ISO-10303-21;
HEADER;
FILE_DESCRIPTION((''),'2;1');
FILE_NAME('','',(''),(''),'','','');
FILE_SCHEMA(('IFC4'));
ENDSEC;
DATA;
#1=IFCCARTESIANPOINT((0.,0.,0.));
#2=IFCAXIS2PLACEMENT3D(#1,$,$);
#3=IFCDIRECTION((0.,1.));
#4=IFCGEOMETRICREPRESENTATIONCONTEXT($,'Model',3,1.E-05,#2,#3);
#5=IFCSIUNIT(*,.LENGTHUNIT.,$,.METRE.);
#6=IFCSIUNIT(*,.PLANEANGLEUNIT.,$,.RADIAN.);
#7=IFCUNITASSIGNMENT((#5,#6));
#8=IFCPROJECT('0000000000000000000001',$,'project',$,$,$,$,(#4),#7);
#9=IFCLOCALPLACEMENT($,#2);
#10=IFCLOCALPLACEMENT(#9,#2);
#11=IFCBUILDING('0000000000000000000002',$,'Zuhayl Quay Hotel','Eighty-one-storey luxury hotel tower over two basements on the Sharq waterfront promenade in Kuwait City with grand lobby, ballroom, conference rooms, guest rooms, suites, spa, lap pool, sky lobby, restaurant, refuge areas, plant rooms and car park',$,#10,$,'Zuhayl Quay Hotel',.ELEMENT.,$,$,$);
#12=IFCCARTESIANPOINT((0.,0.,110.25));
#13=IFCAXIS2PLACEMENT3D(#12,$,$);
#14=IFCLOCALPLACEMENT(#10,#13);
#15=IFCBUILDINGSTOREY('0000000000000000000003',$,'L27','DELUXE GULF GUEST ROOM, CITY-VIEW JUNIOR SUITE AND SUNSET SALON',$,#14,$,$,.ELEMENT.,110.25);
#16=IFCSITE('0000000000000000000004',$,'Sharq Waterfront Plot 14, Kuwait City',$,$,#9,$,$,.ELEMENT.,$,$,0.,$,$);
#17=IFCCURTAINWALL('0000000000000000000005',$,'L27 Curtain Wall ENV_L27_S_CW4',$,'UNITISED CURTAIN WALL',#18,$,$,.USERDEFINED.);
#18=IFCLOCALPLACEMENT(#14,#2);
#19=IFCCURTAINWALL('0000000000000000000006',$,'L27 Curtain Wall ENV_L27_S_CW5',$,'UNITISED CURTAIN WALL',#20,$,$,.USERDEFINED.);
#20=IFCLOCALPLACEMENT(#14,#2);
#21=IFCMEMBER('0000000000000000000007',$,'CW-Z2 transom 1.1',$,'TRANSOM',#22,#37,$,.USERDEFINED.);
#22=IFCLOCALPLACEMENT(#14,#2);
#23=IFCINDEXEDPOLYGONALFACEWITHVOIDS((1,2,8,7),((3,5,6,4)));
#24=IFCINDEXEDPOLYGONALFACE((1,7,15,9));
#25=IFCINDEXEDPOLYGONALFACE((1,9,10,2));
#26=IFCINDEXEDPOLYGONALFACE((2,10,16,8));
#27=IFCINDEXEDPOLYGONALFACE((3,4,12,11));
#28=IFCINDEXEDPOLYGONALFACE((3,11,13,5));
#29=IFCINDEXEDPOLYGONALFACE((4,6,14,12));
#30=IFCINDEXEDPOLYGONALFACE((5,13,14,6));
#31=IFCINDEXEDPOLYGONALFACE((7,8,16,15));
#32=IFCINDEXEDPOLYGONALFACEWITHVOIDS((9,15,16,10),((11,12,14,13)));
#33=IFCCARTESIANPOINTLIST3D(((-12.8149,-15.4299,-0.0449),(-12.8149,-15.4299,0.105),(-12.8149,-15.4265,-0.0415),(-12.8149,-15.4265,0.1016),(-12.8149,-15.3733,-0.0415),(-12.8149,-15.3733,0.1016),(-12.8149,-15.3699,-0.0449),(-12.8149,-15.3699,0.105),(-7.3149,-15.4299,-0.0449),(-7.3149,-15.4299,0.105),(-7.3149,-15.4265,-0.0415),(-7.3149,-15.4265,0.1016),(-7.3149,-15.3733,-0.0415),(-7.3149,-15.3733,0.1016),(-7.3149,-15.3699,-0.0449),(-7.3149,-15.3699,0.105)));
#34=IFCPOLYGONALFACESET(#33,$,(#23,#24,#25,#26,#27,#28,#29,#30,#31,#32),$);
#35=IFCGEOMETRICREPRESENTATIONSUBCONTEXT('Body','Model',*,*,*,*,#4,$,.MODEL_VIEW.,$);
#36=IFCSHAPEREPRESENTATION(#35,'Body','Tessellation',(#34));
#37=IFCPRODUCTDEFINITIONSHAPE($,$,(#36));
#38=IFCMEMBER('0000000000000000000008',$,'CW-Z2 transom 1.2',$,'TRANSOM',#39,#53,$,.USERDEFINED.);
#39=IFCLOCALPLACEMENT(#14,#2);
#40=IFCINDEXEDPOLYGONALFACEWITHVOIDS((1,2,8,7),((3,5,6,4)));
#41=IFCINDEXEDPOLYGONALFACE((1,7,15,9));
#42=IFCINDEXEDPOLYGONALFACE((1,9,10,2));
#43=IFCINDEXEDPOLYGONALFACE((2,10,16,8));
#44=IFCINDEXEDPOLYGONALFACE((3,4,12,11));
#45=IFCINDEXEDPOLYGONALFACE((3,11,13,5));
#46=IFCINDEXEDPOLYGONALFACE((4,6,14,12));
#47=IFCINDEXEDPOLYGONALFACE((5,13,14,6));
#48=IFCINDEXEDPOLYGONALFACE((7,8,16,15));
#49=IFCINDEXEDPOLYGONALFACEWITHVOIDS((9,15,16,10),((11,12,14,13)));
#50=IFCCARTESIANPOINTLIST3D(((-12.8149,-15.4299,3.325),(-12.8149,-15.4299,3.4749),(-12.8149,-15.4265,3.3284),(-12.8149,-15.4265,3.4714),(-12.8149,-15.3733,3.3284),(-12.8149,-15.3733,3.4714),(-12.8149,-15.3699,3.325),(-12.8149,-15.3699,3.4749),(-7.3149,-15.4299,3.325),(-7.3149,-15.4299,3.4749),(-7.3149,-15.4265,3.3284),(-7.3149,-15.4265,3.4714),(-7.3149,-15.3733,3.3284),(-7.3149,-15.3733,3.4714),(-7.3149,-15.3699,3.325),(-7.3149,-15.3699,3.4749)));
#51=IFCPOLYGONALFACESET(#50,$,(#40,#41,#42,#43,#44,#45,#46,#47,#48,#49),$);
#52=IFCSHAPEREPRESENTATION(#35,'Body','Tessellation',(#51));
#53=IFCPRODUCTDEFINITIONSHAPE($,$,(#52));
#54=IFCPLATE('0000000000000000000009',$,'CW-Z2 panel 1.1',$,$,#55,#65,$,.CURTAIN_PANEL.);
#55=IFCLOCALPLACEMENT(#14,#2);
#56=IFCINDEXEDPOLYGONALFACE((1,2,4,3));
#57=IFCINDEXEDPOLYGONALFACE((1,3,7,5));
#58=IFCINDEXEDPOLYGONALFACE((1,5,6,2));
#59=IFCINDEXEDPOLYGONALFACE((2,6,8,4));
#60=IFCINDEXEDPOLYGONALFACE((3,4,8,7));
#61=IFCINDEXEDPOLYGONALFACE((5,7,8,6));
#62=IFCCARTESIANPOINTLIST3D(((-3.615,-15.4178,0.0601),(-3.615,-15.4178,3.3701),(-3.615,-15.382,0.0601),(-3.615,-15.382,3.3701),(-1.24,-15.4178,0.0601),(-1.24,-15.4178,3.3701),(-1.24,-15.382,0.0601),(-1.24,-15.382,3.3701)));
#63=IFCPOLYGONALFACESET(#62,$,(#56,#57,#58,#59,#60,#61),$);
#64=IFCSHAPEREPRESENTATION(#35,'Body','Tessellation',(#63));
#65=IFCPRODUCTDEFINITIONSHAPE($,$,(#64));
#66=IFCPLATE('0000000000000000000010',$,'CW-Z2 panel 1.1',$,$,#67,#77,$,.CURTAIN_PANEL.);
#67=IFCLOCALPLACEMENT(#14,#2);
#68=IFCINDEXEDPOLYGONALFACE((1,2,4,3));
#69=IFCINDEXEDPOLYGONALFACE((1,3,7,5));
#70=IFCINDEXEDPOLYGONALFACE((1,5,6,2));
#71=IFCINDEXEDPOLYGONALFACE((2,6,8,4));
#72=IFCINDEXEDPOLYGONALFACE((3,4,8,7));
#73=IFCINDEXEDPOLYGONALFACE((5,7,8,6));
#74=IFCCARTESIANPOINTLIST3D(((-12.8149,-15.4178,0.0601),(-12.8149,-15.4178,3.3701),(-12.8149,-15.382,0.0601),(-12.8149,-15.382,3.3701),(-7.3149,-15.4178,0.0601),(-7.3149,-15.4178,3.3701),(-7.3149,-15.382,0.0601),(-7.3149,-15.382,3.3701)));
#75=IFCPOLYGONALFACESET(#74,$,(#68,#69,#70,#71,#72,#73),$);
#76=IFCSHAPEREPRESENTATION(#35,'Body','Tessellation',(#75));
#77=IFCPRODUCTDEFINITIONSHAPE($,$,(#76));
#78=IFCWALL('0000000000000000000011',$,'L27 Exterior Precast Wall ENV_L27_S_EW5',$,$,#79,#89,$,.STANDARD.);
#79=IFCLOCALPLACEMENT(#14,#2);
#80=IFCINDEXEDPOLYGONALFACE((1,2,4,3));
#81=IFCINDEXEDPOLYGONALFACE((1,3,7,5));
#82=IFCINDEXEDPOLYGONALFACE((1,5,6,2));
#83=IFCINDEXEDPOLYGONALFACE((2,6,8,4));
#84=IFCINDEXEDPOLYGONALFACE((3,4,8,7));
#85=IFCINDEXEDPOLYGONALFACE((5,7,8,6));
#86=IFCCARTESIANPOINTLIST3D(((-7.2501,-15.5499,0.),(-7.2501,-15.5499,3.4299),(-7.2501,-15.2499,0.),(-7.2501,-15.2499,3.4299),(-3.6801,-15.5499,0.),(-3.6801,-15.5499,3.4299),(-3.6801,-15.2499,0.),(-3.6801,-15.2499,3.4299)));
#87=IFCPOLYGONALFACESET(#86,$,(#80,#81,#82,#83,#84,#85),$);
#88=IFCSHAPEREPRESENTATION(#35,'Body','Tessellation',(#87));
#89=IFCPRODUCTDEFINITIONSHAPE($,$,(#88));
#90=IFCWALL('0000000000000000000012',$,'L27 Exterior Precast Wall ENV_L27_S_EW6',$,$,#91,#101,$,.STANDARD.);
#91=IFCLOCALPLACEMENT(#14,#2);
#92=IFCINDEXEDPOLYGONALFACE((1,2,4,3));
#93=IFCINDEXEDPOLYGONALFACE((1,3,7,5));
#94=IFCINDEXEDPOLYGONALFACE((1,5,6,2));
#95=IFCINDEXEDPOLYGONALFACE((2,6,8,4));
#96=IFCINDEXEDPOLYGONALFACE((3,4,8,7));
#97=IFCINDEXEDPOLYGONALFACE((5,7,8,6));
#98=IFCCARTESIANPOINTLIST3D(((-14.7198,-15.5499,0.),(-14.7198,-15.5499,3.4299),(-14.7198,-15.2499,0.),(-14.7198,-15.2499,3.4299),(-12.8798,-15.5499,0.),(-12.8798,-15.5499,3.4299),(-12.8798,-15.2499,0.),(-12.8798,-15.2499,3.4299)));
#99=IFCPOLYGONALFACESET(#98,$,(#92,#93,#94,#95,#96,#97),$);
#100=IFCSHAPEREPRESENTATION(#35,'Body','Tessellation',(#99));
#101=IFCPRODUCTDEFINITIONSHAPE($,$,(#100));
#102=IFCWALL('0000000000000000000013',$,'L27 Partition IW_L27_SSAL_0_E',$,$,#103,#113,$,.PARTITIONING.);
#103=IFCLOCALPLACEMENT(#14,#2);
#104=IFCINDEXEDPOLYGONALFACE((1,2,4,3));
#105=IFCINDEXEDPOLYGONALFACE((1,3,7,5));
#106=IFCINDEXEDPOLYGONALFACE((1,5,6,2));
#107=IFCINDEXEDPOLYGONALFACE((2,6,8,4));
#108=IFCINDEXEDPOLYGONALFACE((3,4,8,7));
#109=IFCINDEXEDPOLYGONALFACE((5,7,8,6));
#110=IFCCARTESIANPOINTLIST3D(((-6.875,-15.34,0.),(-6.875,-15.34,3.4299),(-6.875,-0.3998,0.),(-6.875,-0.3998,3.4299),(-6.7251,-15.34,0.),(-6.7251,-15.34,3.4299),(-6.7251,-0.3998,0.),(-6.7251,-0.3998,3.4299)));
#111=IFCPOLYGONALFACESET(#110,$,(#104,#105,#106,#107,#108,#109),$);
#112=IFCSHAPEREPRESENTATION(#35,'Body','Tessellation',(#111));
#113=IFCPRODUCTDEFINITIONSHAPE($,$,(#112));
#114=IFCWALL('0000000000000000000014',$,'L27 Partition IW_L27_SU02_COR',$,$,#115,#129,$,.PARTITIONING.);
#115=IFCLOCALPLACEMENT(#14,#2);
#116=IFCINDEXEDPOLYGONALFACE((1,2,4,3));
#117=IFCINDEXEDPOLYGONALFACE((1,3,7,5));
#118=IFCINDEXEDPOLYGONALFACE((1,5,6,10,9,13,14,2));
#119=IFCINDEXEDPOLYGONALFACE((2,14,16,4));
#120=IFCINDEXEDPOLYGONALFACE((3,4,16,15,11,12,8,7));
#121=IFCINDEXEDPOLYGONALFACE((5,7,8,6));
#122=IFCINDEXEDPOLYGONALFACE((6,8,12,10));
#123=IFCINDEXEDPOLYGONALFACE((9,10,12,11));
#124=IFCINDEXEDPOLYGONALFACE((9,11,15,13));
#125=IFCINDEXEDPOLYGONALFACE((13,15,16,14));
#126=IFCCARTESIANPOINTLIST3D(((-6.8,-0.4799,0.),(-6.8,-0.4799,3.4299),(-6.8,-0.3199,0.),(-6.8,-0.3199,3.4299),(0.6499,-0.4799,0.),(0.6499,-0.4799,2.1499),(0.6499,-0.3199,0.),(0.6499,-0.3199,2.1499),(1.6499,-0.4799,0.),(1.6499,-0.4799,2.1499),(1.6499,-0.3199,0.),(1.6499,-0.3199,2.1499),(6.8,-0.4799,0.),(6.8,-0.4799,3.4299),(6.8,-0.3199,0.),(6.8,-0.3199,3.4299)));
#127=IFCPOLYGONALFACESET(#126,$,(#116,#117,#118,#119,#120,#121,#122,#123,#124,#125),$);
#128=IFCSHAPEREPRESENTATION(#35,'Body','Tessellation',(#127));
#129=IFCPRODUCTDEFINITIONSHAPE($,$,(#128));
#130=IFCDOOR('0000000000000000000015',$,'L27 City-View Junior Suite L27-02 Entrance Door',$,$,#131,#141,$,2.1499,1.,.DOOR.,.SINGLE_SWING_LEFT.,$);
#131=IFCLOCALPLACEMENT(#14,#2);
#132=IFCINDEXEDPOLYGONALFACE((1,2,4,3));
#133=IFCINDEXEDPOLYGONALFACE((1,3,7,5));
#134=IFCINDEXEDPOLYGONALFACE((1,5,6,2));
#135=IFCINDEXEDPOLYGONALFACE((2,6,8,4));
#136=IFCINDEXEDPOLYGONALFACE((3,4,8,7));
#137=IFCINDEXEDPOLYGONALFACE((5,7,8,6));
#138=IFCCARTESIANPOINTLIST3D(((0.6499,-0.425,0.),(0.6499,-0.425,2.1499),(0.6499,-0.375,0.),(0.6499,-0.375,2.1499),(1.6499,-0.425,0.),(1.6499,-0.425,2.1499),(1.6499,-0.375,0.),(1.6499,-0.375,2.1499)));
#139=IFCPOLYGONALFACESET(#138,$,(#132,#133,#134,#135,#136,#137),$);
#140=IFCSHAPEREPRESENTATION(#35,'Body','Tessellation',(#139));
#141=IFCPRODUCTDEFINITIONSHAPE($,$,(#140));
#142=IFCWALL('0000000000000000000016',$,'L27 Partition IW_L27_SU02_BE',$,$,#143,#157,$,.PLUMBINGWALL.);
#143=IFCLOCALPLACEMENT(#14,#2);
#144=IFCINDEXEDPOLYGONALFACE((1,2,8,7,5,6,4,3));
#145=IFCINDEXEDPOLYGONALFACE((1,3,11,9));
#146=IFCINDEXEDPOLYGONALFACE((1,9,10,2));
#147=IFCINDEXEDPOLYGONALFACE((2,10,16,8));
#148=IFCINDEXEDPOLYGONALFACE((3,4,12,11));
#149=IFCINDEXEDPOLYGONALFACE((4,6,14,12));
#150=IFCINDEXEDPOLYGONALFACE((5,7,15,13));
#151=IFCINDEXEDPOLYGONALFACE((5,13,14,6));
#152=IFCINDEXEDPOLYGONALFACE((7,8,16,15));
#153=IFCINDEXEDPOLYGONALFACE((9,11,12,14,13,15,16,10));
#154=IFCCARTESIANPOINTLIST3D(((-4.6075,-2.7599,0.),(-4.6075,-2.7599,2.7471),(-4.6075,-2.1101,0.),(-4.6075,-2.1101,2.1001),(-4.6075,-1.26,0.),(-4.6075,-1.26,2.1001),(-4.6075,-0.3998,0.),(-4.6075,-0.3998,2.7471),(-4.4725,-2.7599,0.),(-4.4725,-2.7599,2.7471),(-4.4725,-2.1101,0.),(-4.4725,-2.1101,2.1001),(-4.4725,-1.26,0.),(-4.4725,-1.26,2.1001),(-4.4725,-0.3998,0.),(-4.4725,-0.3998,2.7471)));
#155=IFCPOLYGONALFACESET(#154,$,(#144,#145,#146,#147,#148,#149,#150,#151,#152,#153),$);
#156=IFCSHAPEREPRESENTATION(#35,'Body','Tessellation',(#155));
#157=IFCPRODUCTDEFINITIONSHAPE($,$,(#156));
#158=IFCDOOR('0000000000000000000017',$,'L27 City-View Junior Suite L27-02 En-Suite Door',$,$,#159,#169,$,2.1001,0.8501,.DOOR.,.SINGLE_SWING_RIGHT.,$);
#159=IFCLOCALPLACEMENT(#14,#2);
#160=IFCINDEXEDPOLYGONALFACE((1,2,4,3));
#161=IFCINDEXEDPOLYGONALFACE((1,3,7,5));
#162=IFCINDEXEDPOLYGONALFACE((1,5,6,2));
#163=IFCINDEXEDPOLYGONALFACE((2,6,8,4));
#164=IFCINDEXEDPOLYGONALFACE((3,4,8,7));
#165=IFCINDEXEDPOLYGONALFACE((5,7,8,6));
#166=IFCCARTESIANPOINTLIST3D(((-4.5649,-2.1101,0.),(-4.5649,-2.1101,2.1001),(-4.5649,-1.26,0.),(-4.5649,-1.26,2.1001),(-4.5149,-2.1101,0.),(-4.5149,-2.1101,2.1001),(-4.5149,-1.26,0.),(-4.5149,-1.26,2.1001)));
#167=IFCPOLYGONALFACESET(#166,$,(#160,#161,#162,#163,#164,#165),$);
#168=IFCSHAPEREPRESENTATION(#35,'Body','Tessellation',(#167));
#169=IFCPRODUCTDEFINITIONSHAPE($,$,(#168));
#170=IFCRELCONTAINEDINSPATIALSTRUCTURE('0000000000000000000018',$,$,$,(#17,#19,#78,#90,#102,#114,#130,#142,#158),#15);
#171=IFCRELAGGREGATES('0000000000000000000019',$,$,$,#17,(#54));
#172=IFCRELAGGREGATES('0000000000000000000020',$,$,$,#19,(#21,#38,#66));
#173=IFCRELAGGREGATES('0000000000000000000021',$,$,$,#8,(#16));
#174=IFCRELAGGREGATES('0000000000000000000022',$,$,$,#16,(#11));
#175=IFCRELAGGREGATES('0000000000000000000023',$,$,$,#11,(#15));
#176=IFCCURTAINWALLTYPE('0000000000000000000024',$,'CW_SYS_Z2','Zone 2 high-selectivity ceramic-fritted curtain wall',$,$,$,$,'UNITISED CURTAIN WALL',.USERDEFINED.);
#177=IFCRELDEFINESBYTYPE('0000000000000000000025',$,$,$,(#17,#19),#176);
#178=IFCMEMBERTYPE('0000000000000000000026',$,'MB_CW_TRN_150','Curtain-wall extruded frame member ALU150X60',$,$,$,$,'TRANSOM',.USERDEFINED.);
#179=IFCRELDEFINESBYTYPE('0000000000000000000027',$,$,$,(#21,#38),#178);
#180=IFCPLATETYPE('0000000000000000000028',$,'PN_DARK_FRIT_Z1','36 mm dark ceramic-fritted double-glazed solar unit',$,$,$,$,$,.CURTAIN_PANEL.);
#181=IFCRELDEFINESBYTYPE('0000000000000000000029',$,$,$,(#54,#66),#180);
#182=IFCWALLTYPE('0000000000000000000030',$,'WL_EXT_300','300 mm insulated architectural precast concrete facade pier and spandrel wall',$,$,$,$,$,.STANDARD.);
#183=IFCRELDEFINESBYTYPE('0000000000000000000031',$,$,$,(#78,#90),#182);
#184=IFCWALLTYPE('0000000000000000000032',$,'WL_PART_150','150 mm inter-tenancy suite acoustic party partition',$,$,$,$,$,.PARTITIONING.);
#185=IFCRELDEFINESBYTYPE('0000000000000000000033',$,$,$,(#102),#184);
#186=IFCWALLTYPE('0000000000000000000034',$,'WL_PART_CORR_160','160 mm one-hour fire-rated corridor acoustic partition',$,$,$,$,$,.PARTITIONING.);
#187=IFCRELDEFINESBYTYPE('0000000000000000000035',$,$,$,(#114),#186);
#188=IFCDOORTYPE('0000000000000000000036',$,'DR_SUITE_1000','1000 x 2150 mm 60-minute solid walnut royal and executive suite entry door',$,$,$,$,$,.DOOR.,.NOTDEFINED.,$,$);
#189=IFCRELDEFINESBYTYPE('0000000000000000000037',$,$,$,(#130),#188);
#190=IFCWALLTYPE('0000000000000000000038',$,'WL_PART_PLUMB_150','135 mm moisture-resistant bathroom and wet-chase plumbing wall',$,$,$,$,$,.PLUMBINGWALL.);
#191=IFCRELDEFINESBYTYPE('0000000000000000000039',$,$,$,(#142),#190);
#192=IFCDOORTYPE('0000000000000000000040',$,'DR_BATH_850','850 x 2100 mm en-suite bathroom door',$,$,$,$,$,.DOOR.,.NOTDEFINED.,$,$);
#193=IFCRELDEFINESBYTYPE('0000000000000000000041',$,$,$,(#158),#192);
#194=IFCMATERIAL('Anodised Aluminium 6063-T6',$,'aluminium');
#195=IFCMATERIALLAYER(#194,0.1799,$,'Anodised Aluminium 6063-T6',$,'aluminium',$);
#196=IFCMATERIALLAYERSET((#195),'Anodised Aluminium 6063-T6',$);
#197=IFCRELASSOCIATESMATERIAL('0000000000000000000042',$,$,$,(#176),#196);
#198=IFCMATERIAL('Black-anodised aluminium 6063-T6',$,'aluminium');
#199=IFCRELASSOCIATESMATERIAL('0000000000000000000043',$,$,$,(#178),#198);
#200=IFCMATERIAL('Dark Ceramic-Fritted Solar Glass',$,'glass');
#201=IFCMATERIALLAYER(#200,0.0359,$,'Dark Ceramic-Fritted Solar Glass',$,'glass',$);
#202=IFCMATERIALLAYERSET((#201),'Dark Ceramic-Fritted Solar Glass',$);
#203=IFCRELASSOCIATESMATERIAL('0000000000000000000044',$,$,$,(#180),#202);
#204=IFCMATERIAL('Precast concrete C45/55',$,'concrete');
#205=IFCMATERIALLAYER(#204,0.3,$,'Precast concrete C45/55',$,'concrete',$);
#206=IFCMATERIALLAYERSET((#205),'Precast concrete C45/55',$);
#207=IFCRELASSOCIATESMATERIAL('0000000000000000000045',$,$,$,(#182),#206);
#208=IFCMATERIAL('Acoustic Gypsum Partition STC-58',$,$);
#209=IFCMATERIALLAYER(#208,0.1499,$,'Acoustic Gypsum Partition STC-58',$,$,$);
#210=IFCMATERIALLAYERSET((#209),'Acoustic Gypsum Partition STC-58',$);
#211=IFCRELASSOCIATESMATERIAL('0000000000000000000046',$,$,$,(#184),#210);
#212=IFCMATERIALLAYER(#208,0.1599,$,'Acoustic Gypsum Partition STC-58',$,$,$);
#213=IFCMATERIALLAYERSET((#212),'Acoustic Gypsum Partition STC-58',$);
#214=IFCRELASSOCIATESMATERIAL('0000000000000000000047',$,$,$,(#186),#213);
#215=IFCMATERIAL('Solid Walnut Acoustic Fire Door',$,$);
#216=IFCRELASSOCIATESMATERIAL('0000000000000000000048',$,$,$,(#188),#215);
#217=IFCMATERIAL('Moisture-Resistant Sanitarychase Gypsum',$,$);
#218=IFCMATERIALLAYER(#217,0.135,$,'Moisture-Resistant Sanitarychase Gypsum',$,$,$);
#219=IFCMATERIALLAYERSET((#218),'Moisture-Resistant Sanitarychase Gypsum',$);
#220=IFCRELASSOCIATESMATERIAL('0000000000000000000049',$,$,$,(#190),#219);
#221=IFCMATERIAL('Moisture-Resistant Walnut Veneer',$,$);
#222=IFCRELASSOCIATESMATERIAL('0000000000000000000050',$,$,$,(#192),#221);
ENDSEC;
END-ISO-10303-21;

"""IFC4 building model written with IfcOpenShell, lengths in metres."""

from ifc_helpers import new_model, si_unit, direction, frame, frame_2d, origin, origin_2d, place, context, subcontext, project, spatial, rectangle, hollow_rectangle, extrude, material, layer, layer_set, material_profile, profile_set, type_object, element, fill, aggregate, save


model = new_model("IFC4")

# Units and contexts
model_context = context("Model", 3, precision=1e-05, world=origin(), true_north=direction((0.0, 1.0)))
body_context = subcontext(model_context, "Body", "Model", "MODEL_VIEW")
ifc_project = project(units=[si_unit("LENGTHUNIT", "METRE"), si_unit("PLANEANGLEUNIT", "RADIAN")], contexts=[model_context])

# Site, building, storey
site_placement = place(None, origin())
site = spatial("IfcSite", under=ifc_project, at=site_placement, Name="Sharq Waterfront Plot 14, Kuwait City", CompositionType="ELEMENT", RefElevation=0.0)
building_placement = place(site_placement, origin())
building = spatial("IfcBuilding", under=site, at=building_placement, Name="Zuhayl Quay Hotel", Description="Eighty-one-storey luxury hotel tower over two basements on the Sharq waterfront promenade in Kuwait City with grand lobby, ballroom, conference rooms, guest rooms, suites, spa, lap pool, sky lobby, restaurant, refuge areas, plant rooms and car park", LongName="Zuhayl Quay Hotel", CompositionType="ELEMENT")
storey_placement = place(building_placement, frame((0.0, 0.0, 110.25)))
storey = spatial("IfcBuildingStorey", under=building, at=storey_placement, Name="L27", Description="DELUXE GULF GUEST ROOM, CITY-VIEW JUNIOR SUITE AND SUNSET SALON", CompositionType="ELEMENT", Elevation=110.25)

# Curtain wall
ifc_material_1 = material(Name="Anodised Aluminium 6063-T6", Category="aluminium")
ifc_layer_1 = layer(ifc_material_1, 0.1799, Name="Anodised Aluminium 6063-T6", Category="aluminium")
ifc_layer_set_1 = layer_set([ifc_layer_1], Name="Anodised Aluminium 6063-T6")
curtain_wall_type = type_object("IfcCurtainWallType", Name="CW_SYS_Z2", Description="Zone 2 high-selectivity ceramic-fritted curtain wall", ElementType="UNITISED CURTAIN WALL", PredefinedType="USERDEFINED", material=ifc_layer_set_1)
curtain_wall_1_placement = place(storey_placement, origin())
curtain_wall_1 = element("IfcCurtainWall", 1, at=curtain_wall_1_placement, inside=storey, type_object=curtain_wall_type, Name="L27 Curtain Wall ENV_L27_S_CW4", ObjectType="UNITISED CURTAIN WALL", PredefinedType="USERDEFINED")
ifc_material_2 = material(Name="Black-anodised aluminium 6063-T6", Category="aluminium")

# Curtain wall, members
curtain_wall_2_placement = place(storey_placement, origin())
curtain_wall_2 = element("IfcCurtainWall", 2, at=curtain_wall_2_placement, inside=storey, type_object=curtain_wall_type, Name="L27 Curtain Wall ENV_L27_S_CW5", ObjectType="UNITISED CURTAIN WALL", PredefinedType="USERDEFINED")
ifc_material_profile_1 = material_profile(ifc_material_2, hollow_rectangle(XDim=0.0601, YDim=0.1499, WallThickness=0.0034, at=origin_2d()), Name="ALU150X60")
ifc_profile_set_1 = profile_set([ifc_material_profile_1], Name="Black-anodised aluminium 6063-T6")
member_type_1 = type_object("IfcMemberType", Name="MB_CW_TRN_150", Description="Curtain-wall extruded frame member ALU150X60", ElementType="TRANSOM", PredefinedType="USERDEFINED", material=ifc_profile_set_1)
member_1_placement = place(storey_placement, frame((-7.3149, -15.3999, 0.03), z_axis=(-1.0, 0.0, 0.0), x_axis=(0.0, -1.0, 0.0)))
member_1 = element("IfcMember", 3, at=member_1_placement, type_object=member_type_1, Name="CW-Z2 transom 1.1", ObjectType="TRANSOM", PredefinedType="USERDEFINED", context=body_context, shape_type="SweptSolid", body=[
    extrude(hollow_rectangle(XDim=0.0601, YDim=0.1499, WallThickness=0.0034, at=origin_2d()), origin(), (0.0, 0.0, 1.0), 5.5),
])
member_2_placement = place(storey_placement, frame((-7.3149, -15.3999, 3.3999), z_axis=(-1.0, 0.0, 0.0), x_axis=(0.0, -1.0, 0.0)))
member_2 = element("IfcMember", 4, at=member_2_placement, type_object=member_type_1, Name="CW-Z2 transom 1.2", ObjectType="TRANSOM", PredefinedType="USERDEFINED", context=body_context, shape_type="SweptSolid", body=[
    extrude(hollow_rectangle(XDim=0.0601, YDim=0.1499, WallThickness=0.0034, at=origin_2d()), origin(), (0.0, 0.0, 1.0), 5.5),
])

# Plates
ifc_material_3 = material(Name="Dark Ceramic-Fritted Solar Glass", Category="glass")
ifc_layer_2 = layer(ifc_material_3, 0.0359, Name="Dark Ceramic-Fritted Solar Glass", Category="glass")
ifc_layer_set_2 = layer_set([ifc_layer_2], Name="Dark Ceramic-Fritted Solar Glass")
plate_type = type_object("IfcPlateType", Name="PN_DARK_FRIT_Z1", Description="36 mm dark ceramic-fritted double-glazed solar unit", PredefinedType="CURTAIN_PANEL", material=ifc_layer_set_2)
plate_1_placement = place(storey_placement, frame((-2.4275, -15.3999, 0.0601), z_axis=(0.0, 0.0, 1.0), x_axis=(-1.0, 0.0, 0.0)))
plate_1 = element("IfcPlate", 5, at=plate_1_placement, type_object=plate_type, Name="CW-Z2 panel 1.1", PredefinedType="CURTAIN_PANEL", context=body_context, shape_type="SweptSolid", body=[
    extrude(rectangle(XDim=2.375, YDim=0.0359, at=origin_2d()), origin(), (0.0, 0.0, 1.0), 3.3101),
])
aggregate(curtain_wall_1, [plate_1])
plate_2_placement = place(storey_placement, frame((-10.0649, -15.3999, 0.0601), z_axis=(0.0, 0.0, 1.0), x_axis=(-1.0, 0.0, 0.0)))
plate_2 = element("IfcPlate", 6, at=plate_2_placement, type_object=plate_type, Name="CW-Z2 panel 1.1", PredefinedType="CURTAIN_PANEL", context=body_context, shape_type="SweptSolid", body=[
    extrude(rectangle(XDim=5.5, YDim=0.0359, at=origin_2d()), origin(), (0.0, 0.0, 1.0), 3.3101),
])
aggregate(curtain_wall_2, [member_1, member_2, plate_2])

# Walls
ifc_material_4 = material(Name="Precast concrete C45/55", Category="concrete")
ifc_layer_3 = layer(ifc_material_4, 0.3, Name="Precast concrete C45/55", Category="concrete")
ifc_layer_set_3 = layer_set([ifc_layer_3], Name="Precast concrete C45/55")
wall_type_1 = type_object("IfcWallType", Name="WL_EXT_300", Description="300 mm insulated architectural precast concrete facade pier and spandrel wall", PredefinedType="STANDARD", material=ifc_layer_set_3)
wall_1_placement = place(storey_placement, frame((-3.6799, -15.3999, 0.0), z_axis=(0.0, 0.0, 1.0), x_axis=(-1.0, 0.0, 0.0)))
element("IfcWall", 7, at=wall_1_placement, inside=storey, type_object=wall_type_1, Name="L27 Exterior Precast Wall ENV_L27_S_EW5", PredefinedType="STANDARD", context=body_context, shape_type="SweptSolid", body=[
    extrude(rectangle(XDim=3.5701, YDim=0.3, at=frame_2d((1.7852, 0.0))), origin(), (0.0, 0.0, 1.0), 3.4299),
])
wall_2_placement = place(storey_placement, frame((-12.8799, -15.3999, 0.0), z_axis=(0.0, 0.0, 1.0), x_axis=(-1.0, 0.0, 0.0)))
element("IfcWall", 8, at=wall_2_placement, inside=storey, type_object=wall_type_1, Name="L27 Exterior Precast Wall ENV_L27_S_EW6", PredefinedType="STANDARD", context=body_context, shape_type="SweptSolid", body=[
    extrude(rectangle(XDim=1.8401, YDim=0.3, at=frame_2d((0.9199, 0.0))), origin(), (0.0, 0.0, 1.0), 3.4299),
])
ifc_material_5 = material(Name="Acoustic Gypsum Partition STC-58")
ifc_layer_4 = layer(ifc_material_5, 0.1499, Name="Acoustic Gypsum Partition STC-58")
ifc_layer_set_4 = layer_set([ifc_layer_4], Name="Acoustic Gypsum Partition STC-58")
wall_type_2 = type_object("IfcWallType", Name="WL_PART_150", Description="150 mm inter-tenancy suite acoustic party partition", PredefinedType="PARTITIONING", material=ifc_layer_set_4)
wall_3_placement = place(storey_placement, frame((-6.8, -15.3401, 0.0), z_axis=(0.0, 0.0, 1.0), x_axis=(0.0, 1.0, 0.0)))
element("IfcWall", 9, at=wall_3_placement, inside=storey, type_object=wall_type_2, Name="L27 Partition IW_L27_SSAL_0_E", PredefinedType="PARTITIONING", context=body_context, shape_type="SweptSolid", body=[
    extrude(rectangle(XDim=14.9402, YDim=0.1499, at=frame_2d((7.4702, 0.0))), origin(), (0.0, 0.0, 1.0), 3.4299),
])

# Walls, openings, doors
ifc_layer_5 = layer(ifc_material_5, 0.1599, Name="Acoustic Gypsum Partition STC-58")
ifc_layer_set_5 = layer_set([ifc_layer_5], Name="Acoustic Gypsum Partition STC-58")
wall_type_3 = type_object("IfcWallType", Name="WL_PART_CORR_160", Description="160 mm one-hour fire-rated corridor acoustic partition", PredefinedType="PARTITIONING", material=ifc_layer_set_5)
wall_4_placement = place(storey_placement, frame((-6.8, -0.3999, 0.0), z_axis=(0.0, 0.0, 1.0), x_axis=(1.0, 0.0, 0.0)))
wall_4 = element("IfcWall", 10, at=wall_4_placement, inside=storey, type_object=wall_type_3, Name="L27 Partition IW_L27_SU02_COR", PredefinedType="PARTITIONING", context=body_context, shape_type="SweptSolid", body=[
    extrude(rectangle(XDim=13.6001, YDim=0.1599, at=frame_2d((6.8, 0.0))), origin(), (0.0, 0.0, 1.0), 3.4299),
])
opening_1_placement = place(wall_4_placement, frame((7.45, 0.0, 0.0)))
opening_1 = element("IfcOpeningElement", 11, at=opening_1_placement, cuts=wall_4, PredefinedType="OPENING", context=body_context, shape_type="SweptSolid", body=[
    extrude(rectangle(XDim=1.0, YDim=2.1499, at=frame_2d((0.5, 1.075))), frame((0.0, 0.0898, 0.0), z_axis=(0.0, -1.0, 0.0), x_axis=(1.0, 0.0, 0.0)), (0.0, 0.0, 1.0), 0.1799),
])
ifc_material_6 = material(Name="Solid Walnut Acoustic Fire Door")
door_type_1 = type_object("IfcDoorType", Name="DR_SUITE_1000", Description="1000 x 2150 mm 60-minute solid walnut royal and executive suite entry door", OperationType="NOTDEFINED", PredefinedType="DOOR", material=ifc_material_6)
door_1_placement = place(opening_1_placement, origin())
door_1 = element("IfcDoor", 12, at=door_1_placement, inside=storey, type_object=door_type_1, Name="L27 City-View Junior Suite L27-02 Entrance Door", OperationType="SINGLE_SWING_LEFT", OverallHeight=2.1499, OverallWidth=1.0, PredefinedType="DOOR", context=body_context, shape_type="SweptSolid", body=[
    extrude(rectangle(XDim=1.0, YDim=2.1499, at=frame_2d((0.5, 1.075))), frame((0.0, 0.0249, 0.0), z_axis=(0.0, -1.0, 0.0), x_axis=(1.0, 0.0, 0.0)), (0.0, 0.0, 1.0), 0.05),
])
fill(opening_1, door_1)
ifc_material_7 = material(Name="Moisture-Resistant Sanitarychase Gypsum")
ifc_layer_6 = layer(ifc_material_7, 0.135, Name="Moisture-Resistant Sanitarychase Gypsum")
ifc_layer_set_6 = layer_set([ifc_layer_6], Name="Moisture-Resistant Sanitarychase Gypsum")
wall_type_4 = type_object("IfcWallType", Name="WL_PART_PLUMB_150", Description="135 mm moisture-resistant bathroom and wet-chase plumbing wall", PredefinedType="PLUMBINGWALL", material=ifc_layer_set_6)
wall_5_placement = place(storey_placement, frame((-4.54, -2.76, 0.0), z_axis=(0.0, 0.0, 1.0), x_axis=(0.0, 1.0, 0.0)))
wall_5 = element("IfcWall", 13, at=wall_5_placement, inside=storey, type_object=wall_type_4, Name="L27 Partition IW_L27_SU02_BE", PredefinedType="PLUMBINGWALL", context=body_context, shape_type="SweptSolid", body=[
    extrude(rectangle(XDim=2.3601, YDim=0.135, at=frame_2d((1.1802, 0.0))), origin(), (0.0, 0.0, 1.0), 2.7471),
])
opening_2_placement = place(wall_5_placement, frame((0.6499, 0.0, 0.0)))
opening_2 = element("IfcOpeningElement", 14, at=opening_2_placement, cuts=wall_5, PredefinedType="OPENING", context=body_context, shape_type="SweptSolid", body=[
    extrude(rectangle(XDim=0.8501, YDim=2.1001, at=frame_2d((0.425, 1.05))), frame((0.0, 0.0774, 0.0), z_axis=(0.0, -1.0, 0.0), x_axis=(1.0, 0.0, 0.0)), (0.0, 0.0, 1.0), 0.155),
])
ifc_material_8 = material(Name="Moisture-Resistant Walnut Veneer")
door_type_2 = type_object("IfcDoorType", Name="DR_BATH_850", Description="850 x 2100 mm en-suite bathroom door", OperationType="NOTDEFINED", PredefinedType="DOOR", material=ifc_material_8)
door_2_placement = place(opening_2_placement, origin())
door_2 = element("IfcDoor", 15, at=door_2_placement, inside=storey, type_object=door_type_2, Name="L27 City-View Junior Suite L27-02 En-Suite Door", OperationType="SINGLE_SWING_RIGHT", OverallHeight=2.1001, OverallWidth=0.8501, PredefinedType="DOOR", context=body_context, shape_type="SweptSolid", body=[
    extrude(rectangle(XDim=0.8501, YDim=2.1001, at=frame_2d((0.425, 1.05))), frame((0.0, 0.0249, 0.0), z_axis=(0.0, -1.0, 0.0), x_axis=(1.0, 0.0, 0.0)), (0.0, 0.0, 1.0), 0.05),
])
fill(opening_2, door_2)

save(model, "model.ifc")
